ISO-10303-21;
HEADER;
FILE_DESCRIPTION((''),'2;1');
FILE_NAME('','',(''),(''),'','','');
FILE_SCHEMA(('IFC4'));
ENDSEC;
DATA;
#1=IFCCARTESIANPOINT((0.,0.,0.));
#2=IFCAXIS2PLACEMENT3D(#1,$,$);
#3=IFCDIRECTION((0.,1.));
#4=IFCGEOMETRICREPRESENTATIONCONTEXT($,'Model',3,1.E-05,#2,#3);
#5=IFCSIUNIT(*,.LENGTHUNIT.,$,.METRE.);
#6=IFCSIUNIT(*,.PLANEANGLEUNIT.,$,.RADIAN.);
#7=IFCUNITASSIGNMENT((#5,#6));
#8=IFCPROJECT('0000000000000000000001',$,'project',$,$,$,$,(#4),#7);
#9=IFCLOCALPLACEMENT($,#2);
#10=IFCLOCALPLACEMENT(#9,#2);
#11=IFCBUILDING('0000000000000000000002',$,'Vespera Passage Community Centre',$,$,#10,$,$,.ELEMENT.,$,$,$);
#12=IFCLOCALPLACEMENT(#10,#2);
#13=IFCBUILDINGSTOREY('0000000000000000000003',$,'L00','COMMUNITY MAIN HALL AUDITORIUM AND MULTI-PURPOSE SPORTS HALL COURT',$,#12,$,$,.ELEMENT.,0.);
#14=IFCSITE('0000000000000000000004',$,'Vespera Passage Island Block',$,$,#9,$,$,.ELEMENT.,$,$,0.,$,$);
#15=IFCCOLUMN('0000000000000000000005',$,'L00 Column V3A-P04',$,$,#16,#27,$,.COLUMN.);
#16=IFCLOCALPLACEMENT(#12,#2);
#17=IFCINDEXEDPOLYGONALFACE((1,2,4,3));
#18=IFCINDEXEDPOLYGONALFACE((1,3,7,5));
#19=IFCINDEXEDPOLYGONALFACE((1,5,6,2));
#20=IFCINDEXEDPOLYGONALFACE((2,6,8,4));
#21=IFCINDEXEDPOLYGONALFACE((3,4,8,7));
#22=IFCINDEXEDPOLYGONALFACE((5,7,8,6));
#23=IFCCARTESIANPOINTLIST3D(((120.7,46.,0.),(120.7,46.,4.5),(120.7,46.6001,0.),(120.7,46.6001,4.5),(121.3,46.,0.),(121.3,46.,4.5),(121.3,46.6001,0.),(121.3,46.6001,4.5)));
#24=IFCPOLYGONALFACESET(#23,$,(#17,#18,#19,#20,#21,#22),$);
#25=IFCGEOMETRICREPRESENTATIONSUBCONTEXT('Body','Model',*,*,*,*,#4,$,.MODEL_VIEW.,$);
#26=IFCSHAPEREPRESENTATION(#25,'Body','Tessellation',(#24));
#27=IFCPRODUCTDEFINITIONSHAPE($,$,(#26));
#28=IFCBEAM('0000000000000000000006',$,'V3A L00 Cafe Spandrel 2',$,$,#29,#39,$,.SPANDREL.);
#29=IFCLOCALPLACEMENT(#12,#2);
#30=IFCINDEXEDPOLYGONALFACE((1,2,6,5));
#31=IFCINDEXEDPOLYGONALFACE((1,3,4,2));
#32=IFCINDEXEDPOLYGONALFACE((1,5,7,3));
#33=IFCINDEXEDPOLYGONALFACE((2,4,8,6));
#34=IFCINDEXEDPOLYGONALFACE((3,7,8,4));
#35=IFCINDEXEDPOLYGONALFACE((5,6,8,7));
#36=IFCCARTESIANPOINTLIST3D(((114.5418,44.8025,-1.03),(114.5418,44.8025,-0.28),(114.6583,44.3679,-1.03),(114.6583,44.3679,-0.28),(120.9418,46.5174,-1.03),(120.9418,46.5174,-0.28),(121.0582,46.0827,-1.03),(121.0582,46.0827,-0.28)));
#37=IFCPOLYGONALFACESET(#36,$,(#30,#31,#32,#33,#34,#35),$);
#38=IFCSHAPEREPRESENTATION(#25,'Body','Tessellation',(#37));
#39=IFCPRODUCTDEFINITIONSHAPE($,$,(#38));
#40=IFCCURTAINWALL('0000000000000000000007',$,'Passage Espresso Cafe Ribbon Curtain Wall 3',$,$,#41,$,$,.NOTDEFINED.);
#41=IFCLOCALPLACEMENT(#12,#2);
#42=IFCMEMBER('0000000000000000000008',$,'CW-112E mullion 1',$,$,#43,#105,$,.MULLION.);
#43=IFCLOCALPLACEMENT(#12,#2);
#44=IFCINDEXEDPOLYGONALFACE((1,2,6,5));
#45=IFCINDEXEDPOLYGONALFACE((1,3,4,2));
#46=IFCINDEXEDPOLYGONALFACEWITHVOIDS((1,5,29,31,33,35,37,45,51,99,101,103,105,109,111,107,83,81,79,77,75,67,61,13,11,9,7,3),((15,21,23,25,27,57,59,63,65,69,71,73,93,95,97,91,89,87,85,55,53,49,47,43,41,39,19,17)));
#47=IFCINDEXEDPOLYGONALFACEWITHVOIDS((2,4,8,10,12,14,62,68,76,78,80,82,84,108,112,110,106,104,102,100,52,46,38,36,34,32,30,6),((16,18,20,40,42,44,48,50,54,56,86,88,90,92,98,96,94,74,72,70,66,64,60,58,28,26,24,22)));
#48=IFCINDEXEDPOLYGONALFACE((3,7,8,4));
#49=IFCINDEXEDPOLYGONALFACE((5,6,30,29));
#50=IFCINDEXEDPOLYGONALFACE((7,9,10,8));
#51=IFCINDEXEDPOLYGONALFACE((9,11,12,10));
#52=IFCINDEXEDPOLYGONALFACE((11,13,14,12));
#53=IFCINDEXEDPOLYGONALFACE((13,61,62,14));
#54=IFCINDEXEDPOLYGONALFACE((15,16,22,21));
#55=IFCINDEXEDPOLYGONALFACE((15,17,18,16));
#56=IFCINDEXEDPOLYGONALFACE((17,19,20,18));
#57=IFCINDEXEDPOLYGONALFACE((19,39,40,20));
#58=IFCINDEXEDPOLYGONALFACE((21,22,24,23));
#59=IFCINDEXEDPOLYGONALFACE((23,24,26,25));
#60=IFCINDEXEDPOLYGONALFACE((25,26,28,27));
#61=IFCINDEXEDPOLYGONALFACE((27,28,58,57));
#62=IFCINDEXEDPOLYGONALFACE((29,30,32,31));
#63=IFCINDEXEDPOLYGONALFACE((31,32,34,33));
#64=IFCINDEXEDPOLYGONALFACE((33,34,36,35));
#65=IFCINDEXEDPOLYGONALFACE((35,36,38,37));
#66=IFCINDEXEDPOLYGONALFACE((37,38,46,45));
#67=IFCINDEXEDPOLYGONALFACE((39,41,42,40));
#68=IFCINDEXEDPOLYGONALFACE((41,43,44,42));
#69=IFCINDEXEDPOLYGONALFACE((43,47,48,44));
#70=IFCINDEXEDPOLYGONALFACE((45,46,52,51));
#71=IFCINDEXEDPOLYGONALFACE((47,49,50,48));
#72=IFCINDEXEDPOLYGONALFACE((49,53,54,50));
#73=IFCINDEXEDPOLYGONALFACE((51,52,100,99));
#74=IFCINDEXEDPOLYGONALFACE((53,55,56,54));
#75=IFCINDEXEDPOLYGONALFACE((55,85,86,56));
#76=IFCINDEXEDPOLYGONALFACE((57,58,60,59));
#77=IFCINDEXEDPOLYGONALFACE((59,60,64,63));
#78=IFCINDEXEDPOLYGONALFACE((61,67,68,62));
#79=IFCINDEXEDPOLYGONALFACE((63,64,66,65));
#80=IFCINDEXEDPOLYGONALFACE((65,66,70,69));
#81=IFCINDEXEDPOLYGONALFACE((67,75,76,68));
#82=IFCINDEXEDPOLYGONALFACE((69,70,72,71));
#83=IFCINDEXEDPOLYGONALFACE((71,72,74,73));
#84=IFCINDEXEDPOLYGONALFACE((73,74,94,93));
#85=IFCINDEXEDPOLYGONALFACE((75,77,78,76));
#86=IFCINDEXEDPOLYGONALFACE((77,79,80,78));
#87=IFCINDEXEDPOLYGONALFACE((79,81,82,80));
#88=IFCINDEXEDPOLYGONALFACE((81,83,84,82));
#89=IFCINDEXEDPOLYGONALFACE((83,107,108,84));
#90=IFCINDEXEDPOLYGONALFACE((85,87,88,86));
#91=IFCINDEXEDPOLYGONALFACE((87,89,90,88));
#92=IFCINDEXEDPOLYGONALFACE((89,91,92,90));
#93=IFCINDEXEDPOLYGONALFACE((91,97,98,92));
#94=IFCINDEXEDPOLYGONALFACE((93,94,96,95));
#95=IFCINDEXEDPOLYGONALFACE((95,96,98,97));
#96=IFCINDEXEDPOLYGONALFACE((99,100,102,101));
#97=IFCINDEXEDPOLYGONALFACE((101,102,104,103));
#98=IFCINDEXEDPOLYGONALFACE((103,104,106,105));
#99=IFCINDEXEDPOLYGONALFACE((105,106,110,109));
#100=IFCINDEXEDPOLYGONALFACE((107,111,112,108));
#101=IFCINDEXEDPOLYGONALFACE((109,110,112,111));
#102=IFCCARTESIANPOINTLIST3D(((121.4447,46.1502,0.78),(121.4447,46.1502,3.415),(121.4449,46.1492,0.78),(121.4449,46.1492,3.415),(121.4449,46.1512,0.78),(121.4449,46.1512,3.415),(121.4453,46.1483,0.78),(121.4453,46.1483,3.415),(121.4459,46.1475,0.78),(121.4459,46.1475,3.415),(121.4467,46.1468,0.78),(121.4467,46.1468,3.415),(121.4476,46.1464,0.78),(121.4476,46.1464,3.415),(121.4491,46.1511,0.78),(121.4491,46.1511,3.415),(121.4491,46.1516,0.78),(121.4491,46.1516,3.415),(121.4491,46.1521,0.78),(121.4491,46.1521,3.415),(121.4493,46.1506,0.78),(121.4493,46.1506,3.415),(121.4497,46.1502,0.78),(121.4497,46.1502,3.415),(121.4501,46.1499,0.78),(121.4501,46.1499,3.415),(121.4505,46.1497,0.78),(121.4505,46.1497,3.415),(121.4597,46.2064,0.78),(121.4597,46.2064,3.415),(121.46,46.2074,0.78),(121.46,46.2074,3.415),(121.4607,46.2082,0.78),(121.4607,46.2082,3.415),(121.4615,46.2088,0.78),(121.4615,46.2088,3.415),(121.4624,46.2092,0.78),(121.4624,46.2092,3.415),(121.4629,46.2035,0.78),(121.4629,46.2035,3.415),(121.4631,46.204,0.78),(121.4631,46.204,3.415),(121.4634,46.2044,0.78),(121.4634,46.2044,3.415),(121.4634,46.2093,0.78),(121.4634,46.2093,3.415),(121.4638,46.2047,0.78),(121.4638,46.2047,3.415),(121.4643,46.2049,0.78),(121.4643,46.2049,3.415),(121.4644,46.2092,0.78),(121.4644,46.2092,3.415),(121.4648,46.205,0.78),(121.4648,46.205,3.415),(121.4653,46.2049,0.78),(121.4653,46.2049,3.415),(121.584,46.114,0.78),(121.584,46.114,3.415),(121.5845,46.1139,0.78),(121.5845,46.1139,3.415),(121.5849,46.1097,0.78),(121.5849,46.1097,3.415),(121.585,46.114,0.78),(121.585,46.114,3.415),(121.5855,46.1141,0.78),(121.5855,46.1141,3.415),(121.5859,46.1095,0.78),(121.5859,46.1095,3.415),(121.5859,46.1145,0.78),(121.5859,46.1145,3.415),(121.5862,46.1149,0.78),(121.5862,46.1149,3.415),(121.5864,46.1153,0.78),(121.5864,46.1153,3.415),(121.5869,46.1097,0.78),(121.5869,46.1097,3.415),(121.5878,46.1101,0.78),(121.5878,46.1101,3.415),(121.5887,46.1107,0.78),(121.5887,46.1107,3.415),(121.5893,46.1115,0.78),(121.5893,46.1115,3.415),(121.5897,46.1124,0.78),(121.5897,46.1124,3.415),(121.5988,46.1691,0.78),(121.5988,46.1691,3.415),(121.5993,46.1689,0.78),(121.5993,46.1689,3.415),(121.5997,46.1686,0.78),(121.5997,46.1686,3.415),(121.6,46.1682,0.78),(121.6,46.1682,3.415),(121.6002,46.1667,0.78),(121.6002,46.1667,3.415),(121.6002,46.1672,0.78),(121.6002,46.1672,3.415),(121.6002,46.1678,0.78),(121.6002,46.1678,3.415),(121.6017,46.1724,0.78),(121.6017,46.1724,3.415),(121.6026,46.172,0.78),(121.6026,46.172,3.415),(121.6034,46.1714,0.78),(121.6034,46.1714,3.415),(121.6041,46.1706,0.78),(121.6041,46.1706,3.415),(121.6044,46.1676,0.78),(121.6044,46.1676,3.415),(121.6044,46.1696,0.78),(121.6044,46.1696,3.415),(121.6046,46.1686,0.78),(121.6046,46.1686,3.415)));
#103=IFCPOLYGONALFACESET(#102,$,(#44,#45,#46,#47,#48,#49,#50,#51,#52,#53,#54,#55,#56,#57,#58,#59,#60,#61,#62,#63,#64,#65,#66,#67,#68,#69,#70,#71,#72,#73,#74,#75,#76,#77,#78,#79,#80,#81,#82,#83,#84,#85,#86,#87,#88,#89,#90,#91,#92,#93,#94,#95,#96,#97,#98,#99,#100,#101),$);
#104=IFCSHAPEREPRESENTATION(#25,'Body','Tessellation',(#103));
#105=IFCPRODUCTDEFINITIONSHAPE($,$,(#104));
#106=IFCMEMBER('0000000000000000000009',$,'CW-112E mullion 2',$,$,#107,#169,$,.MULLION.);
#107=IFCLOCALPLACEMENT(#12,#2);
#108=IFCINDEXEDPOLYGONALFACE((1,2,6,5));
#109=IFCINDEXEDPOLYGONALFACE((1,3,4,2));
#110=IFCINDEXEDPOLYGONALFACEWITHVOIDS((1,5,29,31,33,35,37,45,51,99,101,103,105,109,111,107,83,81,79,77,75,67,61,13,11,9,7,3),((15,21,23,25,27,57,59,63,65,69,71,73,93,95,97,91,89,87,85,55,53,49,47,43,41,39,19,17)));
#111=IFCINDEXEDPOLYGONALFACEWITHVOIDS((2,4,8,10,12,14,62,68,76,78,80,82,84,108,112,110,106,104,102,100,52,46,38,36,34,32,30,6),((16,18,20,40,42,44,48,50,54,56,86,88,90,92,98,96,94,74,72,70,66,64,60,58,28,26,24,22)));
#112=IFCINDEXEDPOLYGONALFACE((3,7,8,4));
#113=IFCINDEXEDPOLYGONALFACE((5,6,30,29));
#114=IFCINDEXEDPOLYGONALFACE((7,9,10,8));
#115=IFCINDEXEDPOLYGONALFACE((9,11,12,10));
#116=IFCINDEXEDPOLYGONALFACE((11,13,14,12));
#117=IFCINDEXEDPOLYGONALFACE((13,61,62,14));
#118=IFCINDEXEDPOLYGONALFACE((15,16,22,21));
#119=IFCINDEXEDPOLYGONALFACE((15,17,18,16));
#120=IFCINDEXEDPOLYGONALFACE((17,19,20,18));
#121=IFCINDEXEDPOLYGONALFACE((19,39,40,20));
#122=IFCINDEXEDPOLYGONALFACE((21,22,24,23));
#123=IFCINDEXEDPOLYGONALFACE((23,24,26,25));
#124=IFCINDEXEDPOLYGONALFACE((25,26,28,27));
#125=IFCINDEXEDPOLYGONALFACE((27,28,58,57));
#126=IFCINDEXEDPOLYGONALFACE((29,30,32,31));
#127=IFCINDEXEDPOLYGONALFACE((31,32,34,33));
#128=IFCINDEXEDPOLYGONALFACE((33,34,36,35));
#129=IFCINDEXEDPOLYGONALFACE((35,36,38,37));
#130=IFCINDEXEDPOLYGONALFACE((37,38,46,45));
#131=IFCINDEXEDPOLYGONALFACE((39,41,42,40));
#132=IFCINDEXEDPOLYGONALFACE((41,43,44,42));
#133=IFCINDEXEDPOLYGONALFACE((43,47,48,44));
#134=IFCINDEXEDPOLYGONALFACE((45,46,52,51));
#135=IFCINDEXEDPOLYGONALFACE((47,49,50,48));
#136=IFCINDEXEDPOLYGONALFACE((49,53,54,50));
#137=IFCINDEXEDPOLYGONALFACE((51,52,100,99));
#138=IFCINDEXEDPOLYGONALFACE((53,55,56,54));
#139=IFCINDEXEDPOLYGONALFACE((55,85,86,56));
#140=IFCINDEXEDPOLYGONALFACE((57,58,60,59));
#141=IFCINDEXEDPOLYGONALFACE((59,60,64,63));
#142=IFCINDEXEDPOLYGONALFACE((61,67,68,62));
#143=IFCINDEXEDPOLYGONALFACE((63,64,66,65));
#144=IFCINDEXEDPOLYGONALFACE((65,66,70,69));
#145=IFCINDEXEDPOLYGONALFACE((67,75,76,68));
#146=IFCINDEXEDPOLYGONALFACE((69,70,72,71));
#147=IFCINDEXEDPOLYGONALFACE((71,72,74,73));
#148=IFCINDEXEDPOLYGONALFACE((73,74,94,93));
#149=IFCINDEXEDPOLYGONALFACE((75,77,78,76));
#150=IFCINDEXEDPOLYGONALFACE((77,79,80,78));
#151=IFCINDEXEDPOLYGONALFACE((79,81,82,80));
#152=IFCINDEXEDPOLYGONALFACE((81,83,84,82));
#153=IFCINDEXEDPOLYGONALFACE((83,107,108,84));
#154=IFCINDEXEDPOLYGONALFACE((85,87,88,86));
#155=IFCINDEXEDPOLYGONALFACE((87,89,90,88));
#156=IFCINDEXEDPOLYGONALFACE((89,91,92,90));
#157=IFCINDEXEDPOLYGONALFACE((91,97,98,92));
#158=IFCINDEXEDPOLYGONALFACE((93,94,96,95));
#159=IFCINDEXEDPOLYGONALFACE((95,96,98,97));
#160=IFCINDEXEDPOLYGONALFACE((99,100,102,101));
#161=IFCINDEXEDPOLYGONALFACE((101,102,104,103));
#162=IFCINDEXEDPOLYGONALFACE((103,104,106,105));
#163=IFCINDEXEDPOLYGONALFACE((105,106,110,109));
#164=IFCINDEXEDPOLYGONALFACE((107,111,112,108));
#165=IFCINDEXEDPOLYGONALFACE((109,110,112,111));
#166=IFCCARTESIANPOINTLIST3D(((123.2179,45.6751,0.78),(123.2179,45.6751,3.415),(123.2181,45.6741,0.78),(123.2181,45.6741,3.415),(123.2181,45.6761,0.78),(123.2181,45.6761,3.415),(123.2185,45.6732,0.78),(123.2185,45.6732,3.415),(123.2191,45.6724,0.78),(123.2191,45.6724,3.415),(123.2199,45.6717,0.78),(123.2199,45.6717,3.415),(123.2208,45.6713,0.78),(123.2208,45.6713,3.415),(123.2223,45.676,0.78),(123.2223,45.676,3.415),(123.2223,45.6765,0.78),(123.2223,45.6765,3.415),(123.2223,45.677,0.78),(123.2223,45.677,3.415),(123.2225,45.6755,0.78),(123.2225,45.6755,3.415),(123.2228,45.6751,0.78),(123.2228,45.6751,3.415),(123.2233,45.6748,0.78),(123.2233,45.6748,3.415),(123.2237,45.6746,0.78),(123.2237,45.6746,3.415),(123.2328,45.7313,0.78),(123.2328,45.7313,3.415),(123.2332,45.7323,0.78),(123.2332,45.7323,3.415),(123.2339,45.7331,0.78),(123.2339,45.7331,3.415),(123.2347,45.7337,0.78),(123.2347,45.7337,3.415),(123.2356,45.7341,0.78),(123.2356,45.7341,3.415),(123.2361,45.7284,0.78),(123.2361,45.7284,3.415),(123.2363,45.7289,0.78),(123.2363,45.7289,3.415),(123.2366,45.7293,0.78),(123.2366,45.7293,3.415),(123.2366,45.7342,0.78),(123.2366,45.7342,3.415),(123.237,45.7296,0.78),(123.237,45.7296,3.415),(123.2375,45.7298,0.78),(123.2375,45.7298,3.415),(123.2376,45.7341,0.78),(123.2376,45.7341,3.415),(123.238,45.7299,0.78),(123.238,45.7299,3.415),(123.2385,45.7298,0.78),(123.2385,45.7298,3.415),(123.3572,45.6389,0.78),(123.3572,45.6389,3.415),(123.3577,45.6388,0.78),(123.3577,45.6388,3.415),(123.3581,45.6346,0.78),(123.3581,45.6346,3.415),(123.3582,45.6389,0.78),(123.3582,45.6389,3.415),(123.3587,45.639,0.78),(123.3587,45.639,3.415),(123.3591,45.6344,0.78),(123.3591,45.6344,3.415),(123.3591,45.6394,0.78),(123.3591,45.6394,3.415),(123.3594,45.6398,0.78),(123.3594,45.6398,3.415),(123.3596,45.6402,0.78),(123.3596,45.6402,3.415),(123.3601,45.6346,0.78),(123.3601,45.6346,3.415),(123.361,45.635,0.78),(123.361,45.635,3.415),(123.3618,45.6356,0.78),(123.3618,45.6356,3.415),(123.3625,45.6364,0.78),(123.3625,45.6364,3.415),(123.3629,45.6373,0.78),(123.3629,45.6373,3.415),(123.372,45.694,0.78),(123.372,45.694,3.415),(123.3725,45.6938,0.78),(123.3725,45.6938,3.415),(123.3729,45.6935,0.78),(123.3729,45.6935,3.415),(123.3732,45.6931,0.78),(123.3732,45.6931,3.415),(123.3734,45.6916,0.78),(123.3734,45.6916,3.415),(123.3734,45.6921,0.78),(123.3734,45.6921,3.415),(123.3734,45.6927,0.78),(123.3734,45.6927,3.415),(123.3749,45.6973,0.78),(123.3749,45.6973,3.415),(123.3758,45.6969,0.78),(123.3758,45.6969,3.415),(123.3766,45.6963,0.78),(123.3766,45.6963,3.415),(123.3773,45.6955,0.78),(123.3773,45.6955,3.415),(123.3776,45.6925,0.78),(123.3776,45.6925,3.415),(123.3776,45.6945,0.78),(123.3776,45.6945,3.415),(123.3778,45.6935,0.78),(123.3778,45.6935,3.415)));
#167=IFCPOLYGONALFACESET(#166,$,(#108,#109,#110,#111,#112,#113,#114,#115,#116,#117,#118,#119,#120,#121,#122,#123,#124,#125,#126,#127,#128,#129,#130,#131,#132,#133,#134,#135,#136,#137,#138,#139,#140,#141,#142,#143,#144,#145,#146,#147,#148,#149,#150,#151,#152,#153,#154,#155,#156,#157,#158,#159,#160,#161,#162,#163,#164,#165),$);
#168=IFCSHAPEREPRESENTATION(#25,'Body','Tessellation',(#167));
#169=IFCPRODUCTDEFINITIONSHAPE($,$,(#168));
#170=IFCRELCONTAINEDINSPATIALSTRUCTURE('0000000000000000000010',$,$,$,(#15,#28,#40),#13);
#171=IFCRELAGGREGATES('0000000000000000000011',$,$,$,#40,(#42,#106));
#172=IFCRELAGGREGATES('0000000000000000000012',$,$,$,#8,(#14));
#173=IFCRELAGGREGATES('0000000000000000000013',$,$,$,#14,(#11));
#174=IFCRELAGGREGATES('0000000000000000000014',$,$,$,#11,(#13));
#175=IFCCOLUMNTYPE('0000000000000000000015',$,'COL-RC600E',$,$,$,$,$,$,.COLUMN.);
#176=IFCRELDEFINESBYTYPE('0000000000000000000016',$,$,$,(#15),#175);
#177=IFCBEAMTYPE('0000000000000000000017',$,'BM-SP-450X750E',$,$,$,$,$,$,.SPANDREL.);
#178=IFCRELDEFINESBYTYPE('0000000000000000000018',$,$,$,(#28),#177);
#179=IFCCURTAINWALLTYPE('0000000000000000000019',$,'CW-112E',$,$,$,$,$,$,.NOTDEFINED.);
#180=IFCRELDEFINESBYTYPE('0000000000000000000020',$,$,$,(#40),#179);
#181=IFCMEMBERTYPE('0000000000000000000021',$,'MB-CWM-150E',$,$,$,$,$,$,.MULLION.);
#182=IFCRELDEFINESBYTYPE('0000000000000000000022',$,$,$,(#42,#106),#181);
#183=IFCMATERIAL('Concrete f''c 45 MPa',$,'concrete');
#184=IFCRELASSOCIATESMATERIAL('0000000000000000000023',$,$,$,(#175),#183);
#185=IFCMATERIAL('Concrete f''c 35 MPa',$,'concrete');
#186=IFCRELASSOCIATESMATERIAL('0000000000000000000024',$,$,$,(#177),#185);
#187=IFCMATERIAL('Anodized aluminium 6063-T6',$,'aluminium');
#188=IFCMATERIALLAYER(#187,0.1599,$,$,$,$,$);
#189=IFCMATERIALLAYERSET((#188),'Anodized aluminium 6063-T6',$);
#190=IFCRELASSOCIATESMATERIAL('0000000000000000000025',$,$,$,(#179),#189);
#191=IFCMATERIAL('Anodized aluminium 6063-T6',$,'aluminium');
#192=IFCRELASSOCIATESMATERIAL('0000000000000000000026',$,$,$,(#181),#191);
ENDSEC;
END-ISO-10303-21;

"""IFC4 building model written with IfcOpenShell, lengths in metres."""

from ifc_helpers import new_model, si_unit, direction, frame, origin, origin_2d, place, context, subcontext, project, spatial, rectangle, hollow_rectangle, extrude, material, layer, layer_set, material_profile, profile_set, type_object, element, aggregate, save


model = new_model("IFC4")

# Units and contexts
model_context = context("Model", 3, precision=1e-05, world=origin(), true_north=direction((0.0, 1.0)))
body_context = subcontext(model_context, "Body", "Model", "MODEL_VIEW")
ifc_project = project(units=[si_unit("LENGTHUNIT", "METRE"), si_unit("PLANEANGLEUNIT", "RADIAN")], contexts=[model_context])

# Site, building, storey
site_placement = place(None, origin())
site = spatial("IfcSite", under=ifc_project, at=site_placement, Name="Vespera Passage Island Block", CompositionType="ELEMENT", RefElevation=0.0)
building_placement = place(site_placement, origin())
building = spatial("IfcBuilding", under=site, at=building_placement, Name="Vespera Passage Community Centre", CompositionType="ELEMENT")
storey_placement = place(building_placement, origin())
storey = spatial("IfcBuildingStorey", under=building, at=storey_placement, Name="L00", Description="COMMUNITY MAIN HALL AUDITORIUM AND MULTI-PURPOSE SPORTS HALL COURT", CompositionType="ELEMENT", Elevation=0.0)

# Column
ifc_material_1 = material(Name="Concrete f'c 45 MPa", Category="concrete")
ifc_material_profile_1 = material_profile(ifc_material_1, rectangle(XDim=0.6001, YDim=0.6001, at=origin_2d()), Name="RC600X600")
ifc_profile_set_1 = profile_set([ifc_material_profile_1], Name="Concrete f'c 45 MPa")
column_type = type_object("IfcColumnType", Name="COL-RC600E", PredefinedType="COLUMN", material=ifc_profile_set_1)
column_placement = place(storey_placement, frame((121.0, 46.3, 0.0), z_axis=(0.0, 0.0, 1.0), x_axis=(1.0, 0.0, 0.0)))
element("IfcColumn", 1, at=column_placement, inside=storey, type_object=column_type, Name="L00 Column V3A-P04", PredefinedType="COLUMN", context=body_context, shape_type="SweptSolid", body=[
    extrude(rectangle(XDim=0.6001, YDim=0.6001, at=origin_2d()), origin(), (0.0, 0.0, 1.0), 4.5),
])

# Beam
ifc_material_2 = material(Name="Concrete f'c 35 MPa", Category="concrete")
ifc_material_profile_2 = material_profile(ifc_material_2, rectangle(XDim=0.45, YDim=0.75, at=origin_2d()), Name="RC450X750")
ifc_profile_set_2 = profile_set([ifc_material_profile_2], Name="Concrete f'c 35 MPa")
beam_type = type_object("IfcBeamType", Name="BM-SP-450X750E", PredefinedType="SPANDREL", material=ifc_profile_set_2)
beam_placement = place(storey_placement, frame((121.0, 46.3, -0.655), z_axis=(-0.965926, -0.258818, 0.0), x_axis=(0.258818, -0.965926, 0.0)))
element("IfcBeam", 2, at=beam_placement, inside=storey, type_object=beam_type, Name="V3A L00 Cafe Spandrel 2", PredefinedType="SPANDREL", context=body_context, shape_type="SweptSolid", body=[
    extrude(rectangle(XDim=0.45, YDim=0.75, at=origin_2d()), origin(), (0.0, 0.0, 1.0), 6.6257),
])

# Curtain wall, members
ifc_material_3 = material(Name="Anodized aluminium 6063-T6", Category="aluminium")
ifc_layer_1 = layer(ifc_material_3, 0.1599)
ifc_layer_set_1 = layer_set([ifc_layer_1], Name="Anodized aluminium 6063-T6")
curtain_wall_type = type_object("IfcCurtainWallType", Name="CW-112E", PredefinedType="NOTDEFINED", material=ifc_layer_set_1)
curtain_wall_1_placement = place(storey_placement, origin())
curtain_wall_1 = element("IfcCurtainWall", 3, at=curtain_wall_1_placement, inside=storey, type_object=curtain_wall_type, Name="Passage Espresso Cafe Ribbon Curtain Wall 3", PredefinedType="NOTDEFINED")
ifc_material_4 = material(Name="Anodized aluminium 6063-T6", Category="aluminium")
ifc_material_profile_3 = material_profile(ifc_material_4, hollow_rectangle(XDim=0.0649, YDim=0.1499, WallThickness=0.0039, InnerFilletRadius=0.002, OuterFilletRadius=0.0039, at=origin_2d()), Name="ALU150X65X4")
ifc_profile_set_3 = profile_set([ifc_material_profile_3], Name="Anodized aluminium 6063-T6")
member_type_1 = type_object("IfcMemberType", Name="MB-CWM-150E", PredefinedType="MULLION", material=ifc_profile_set_3)
member_1_placement = place(storey_placement, frame((121.5247, 46.1594, 0.78), z_axis=(0.0, 0.0, 1.0), x_axis=(0.258807, 0.965929, 0.0)))
member_1 = element("IfcMember", 4, at=member_1_placement, type_object=member_type_1, Name="CW-112E mullion 1", PredefinedType="MULLION", context=body_context, shape_type="SweptSolid", body=[
    extrude(hollow_rectangle(XDim=0.0649, YDim=0.1499, WallThickness=0.0039, InnerFilletRadius=0.002, OuterFilletRadius=0.0039, at=origin_2d()), origin(), (0.0, 0.0, 1.0), 2.635),
])
member_2_placement = place(storey_placement, frame((123.2979, 45.6843, 0.78), z_axis=(0.0, 0.0, 1.0), x_axis=(0.258807, 0.965929, 0.0)))
member_2 = element("IfcMember", 5, at=member_2_placement, type_object=member_type_1, Name="CW-112E mullion 2", PredefinedType="MULLION", context=body_context, shape_type="SweptSolid", body=[
    extrude(hollow_rectangle(XDim=0.0649, YDim=0.1499, WallThickness=0.0039, InnerFilletRadius=0.002, OuterFilletRadius=0.0039, at=origin_2d()), origin(), (0.0, 0.0, 1.0), 2.635),
])

aggregate(curtain_wall_1, [member_1, member_2])

save(model, "model.ifc")
